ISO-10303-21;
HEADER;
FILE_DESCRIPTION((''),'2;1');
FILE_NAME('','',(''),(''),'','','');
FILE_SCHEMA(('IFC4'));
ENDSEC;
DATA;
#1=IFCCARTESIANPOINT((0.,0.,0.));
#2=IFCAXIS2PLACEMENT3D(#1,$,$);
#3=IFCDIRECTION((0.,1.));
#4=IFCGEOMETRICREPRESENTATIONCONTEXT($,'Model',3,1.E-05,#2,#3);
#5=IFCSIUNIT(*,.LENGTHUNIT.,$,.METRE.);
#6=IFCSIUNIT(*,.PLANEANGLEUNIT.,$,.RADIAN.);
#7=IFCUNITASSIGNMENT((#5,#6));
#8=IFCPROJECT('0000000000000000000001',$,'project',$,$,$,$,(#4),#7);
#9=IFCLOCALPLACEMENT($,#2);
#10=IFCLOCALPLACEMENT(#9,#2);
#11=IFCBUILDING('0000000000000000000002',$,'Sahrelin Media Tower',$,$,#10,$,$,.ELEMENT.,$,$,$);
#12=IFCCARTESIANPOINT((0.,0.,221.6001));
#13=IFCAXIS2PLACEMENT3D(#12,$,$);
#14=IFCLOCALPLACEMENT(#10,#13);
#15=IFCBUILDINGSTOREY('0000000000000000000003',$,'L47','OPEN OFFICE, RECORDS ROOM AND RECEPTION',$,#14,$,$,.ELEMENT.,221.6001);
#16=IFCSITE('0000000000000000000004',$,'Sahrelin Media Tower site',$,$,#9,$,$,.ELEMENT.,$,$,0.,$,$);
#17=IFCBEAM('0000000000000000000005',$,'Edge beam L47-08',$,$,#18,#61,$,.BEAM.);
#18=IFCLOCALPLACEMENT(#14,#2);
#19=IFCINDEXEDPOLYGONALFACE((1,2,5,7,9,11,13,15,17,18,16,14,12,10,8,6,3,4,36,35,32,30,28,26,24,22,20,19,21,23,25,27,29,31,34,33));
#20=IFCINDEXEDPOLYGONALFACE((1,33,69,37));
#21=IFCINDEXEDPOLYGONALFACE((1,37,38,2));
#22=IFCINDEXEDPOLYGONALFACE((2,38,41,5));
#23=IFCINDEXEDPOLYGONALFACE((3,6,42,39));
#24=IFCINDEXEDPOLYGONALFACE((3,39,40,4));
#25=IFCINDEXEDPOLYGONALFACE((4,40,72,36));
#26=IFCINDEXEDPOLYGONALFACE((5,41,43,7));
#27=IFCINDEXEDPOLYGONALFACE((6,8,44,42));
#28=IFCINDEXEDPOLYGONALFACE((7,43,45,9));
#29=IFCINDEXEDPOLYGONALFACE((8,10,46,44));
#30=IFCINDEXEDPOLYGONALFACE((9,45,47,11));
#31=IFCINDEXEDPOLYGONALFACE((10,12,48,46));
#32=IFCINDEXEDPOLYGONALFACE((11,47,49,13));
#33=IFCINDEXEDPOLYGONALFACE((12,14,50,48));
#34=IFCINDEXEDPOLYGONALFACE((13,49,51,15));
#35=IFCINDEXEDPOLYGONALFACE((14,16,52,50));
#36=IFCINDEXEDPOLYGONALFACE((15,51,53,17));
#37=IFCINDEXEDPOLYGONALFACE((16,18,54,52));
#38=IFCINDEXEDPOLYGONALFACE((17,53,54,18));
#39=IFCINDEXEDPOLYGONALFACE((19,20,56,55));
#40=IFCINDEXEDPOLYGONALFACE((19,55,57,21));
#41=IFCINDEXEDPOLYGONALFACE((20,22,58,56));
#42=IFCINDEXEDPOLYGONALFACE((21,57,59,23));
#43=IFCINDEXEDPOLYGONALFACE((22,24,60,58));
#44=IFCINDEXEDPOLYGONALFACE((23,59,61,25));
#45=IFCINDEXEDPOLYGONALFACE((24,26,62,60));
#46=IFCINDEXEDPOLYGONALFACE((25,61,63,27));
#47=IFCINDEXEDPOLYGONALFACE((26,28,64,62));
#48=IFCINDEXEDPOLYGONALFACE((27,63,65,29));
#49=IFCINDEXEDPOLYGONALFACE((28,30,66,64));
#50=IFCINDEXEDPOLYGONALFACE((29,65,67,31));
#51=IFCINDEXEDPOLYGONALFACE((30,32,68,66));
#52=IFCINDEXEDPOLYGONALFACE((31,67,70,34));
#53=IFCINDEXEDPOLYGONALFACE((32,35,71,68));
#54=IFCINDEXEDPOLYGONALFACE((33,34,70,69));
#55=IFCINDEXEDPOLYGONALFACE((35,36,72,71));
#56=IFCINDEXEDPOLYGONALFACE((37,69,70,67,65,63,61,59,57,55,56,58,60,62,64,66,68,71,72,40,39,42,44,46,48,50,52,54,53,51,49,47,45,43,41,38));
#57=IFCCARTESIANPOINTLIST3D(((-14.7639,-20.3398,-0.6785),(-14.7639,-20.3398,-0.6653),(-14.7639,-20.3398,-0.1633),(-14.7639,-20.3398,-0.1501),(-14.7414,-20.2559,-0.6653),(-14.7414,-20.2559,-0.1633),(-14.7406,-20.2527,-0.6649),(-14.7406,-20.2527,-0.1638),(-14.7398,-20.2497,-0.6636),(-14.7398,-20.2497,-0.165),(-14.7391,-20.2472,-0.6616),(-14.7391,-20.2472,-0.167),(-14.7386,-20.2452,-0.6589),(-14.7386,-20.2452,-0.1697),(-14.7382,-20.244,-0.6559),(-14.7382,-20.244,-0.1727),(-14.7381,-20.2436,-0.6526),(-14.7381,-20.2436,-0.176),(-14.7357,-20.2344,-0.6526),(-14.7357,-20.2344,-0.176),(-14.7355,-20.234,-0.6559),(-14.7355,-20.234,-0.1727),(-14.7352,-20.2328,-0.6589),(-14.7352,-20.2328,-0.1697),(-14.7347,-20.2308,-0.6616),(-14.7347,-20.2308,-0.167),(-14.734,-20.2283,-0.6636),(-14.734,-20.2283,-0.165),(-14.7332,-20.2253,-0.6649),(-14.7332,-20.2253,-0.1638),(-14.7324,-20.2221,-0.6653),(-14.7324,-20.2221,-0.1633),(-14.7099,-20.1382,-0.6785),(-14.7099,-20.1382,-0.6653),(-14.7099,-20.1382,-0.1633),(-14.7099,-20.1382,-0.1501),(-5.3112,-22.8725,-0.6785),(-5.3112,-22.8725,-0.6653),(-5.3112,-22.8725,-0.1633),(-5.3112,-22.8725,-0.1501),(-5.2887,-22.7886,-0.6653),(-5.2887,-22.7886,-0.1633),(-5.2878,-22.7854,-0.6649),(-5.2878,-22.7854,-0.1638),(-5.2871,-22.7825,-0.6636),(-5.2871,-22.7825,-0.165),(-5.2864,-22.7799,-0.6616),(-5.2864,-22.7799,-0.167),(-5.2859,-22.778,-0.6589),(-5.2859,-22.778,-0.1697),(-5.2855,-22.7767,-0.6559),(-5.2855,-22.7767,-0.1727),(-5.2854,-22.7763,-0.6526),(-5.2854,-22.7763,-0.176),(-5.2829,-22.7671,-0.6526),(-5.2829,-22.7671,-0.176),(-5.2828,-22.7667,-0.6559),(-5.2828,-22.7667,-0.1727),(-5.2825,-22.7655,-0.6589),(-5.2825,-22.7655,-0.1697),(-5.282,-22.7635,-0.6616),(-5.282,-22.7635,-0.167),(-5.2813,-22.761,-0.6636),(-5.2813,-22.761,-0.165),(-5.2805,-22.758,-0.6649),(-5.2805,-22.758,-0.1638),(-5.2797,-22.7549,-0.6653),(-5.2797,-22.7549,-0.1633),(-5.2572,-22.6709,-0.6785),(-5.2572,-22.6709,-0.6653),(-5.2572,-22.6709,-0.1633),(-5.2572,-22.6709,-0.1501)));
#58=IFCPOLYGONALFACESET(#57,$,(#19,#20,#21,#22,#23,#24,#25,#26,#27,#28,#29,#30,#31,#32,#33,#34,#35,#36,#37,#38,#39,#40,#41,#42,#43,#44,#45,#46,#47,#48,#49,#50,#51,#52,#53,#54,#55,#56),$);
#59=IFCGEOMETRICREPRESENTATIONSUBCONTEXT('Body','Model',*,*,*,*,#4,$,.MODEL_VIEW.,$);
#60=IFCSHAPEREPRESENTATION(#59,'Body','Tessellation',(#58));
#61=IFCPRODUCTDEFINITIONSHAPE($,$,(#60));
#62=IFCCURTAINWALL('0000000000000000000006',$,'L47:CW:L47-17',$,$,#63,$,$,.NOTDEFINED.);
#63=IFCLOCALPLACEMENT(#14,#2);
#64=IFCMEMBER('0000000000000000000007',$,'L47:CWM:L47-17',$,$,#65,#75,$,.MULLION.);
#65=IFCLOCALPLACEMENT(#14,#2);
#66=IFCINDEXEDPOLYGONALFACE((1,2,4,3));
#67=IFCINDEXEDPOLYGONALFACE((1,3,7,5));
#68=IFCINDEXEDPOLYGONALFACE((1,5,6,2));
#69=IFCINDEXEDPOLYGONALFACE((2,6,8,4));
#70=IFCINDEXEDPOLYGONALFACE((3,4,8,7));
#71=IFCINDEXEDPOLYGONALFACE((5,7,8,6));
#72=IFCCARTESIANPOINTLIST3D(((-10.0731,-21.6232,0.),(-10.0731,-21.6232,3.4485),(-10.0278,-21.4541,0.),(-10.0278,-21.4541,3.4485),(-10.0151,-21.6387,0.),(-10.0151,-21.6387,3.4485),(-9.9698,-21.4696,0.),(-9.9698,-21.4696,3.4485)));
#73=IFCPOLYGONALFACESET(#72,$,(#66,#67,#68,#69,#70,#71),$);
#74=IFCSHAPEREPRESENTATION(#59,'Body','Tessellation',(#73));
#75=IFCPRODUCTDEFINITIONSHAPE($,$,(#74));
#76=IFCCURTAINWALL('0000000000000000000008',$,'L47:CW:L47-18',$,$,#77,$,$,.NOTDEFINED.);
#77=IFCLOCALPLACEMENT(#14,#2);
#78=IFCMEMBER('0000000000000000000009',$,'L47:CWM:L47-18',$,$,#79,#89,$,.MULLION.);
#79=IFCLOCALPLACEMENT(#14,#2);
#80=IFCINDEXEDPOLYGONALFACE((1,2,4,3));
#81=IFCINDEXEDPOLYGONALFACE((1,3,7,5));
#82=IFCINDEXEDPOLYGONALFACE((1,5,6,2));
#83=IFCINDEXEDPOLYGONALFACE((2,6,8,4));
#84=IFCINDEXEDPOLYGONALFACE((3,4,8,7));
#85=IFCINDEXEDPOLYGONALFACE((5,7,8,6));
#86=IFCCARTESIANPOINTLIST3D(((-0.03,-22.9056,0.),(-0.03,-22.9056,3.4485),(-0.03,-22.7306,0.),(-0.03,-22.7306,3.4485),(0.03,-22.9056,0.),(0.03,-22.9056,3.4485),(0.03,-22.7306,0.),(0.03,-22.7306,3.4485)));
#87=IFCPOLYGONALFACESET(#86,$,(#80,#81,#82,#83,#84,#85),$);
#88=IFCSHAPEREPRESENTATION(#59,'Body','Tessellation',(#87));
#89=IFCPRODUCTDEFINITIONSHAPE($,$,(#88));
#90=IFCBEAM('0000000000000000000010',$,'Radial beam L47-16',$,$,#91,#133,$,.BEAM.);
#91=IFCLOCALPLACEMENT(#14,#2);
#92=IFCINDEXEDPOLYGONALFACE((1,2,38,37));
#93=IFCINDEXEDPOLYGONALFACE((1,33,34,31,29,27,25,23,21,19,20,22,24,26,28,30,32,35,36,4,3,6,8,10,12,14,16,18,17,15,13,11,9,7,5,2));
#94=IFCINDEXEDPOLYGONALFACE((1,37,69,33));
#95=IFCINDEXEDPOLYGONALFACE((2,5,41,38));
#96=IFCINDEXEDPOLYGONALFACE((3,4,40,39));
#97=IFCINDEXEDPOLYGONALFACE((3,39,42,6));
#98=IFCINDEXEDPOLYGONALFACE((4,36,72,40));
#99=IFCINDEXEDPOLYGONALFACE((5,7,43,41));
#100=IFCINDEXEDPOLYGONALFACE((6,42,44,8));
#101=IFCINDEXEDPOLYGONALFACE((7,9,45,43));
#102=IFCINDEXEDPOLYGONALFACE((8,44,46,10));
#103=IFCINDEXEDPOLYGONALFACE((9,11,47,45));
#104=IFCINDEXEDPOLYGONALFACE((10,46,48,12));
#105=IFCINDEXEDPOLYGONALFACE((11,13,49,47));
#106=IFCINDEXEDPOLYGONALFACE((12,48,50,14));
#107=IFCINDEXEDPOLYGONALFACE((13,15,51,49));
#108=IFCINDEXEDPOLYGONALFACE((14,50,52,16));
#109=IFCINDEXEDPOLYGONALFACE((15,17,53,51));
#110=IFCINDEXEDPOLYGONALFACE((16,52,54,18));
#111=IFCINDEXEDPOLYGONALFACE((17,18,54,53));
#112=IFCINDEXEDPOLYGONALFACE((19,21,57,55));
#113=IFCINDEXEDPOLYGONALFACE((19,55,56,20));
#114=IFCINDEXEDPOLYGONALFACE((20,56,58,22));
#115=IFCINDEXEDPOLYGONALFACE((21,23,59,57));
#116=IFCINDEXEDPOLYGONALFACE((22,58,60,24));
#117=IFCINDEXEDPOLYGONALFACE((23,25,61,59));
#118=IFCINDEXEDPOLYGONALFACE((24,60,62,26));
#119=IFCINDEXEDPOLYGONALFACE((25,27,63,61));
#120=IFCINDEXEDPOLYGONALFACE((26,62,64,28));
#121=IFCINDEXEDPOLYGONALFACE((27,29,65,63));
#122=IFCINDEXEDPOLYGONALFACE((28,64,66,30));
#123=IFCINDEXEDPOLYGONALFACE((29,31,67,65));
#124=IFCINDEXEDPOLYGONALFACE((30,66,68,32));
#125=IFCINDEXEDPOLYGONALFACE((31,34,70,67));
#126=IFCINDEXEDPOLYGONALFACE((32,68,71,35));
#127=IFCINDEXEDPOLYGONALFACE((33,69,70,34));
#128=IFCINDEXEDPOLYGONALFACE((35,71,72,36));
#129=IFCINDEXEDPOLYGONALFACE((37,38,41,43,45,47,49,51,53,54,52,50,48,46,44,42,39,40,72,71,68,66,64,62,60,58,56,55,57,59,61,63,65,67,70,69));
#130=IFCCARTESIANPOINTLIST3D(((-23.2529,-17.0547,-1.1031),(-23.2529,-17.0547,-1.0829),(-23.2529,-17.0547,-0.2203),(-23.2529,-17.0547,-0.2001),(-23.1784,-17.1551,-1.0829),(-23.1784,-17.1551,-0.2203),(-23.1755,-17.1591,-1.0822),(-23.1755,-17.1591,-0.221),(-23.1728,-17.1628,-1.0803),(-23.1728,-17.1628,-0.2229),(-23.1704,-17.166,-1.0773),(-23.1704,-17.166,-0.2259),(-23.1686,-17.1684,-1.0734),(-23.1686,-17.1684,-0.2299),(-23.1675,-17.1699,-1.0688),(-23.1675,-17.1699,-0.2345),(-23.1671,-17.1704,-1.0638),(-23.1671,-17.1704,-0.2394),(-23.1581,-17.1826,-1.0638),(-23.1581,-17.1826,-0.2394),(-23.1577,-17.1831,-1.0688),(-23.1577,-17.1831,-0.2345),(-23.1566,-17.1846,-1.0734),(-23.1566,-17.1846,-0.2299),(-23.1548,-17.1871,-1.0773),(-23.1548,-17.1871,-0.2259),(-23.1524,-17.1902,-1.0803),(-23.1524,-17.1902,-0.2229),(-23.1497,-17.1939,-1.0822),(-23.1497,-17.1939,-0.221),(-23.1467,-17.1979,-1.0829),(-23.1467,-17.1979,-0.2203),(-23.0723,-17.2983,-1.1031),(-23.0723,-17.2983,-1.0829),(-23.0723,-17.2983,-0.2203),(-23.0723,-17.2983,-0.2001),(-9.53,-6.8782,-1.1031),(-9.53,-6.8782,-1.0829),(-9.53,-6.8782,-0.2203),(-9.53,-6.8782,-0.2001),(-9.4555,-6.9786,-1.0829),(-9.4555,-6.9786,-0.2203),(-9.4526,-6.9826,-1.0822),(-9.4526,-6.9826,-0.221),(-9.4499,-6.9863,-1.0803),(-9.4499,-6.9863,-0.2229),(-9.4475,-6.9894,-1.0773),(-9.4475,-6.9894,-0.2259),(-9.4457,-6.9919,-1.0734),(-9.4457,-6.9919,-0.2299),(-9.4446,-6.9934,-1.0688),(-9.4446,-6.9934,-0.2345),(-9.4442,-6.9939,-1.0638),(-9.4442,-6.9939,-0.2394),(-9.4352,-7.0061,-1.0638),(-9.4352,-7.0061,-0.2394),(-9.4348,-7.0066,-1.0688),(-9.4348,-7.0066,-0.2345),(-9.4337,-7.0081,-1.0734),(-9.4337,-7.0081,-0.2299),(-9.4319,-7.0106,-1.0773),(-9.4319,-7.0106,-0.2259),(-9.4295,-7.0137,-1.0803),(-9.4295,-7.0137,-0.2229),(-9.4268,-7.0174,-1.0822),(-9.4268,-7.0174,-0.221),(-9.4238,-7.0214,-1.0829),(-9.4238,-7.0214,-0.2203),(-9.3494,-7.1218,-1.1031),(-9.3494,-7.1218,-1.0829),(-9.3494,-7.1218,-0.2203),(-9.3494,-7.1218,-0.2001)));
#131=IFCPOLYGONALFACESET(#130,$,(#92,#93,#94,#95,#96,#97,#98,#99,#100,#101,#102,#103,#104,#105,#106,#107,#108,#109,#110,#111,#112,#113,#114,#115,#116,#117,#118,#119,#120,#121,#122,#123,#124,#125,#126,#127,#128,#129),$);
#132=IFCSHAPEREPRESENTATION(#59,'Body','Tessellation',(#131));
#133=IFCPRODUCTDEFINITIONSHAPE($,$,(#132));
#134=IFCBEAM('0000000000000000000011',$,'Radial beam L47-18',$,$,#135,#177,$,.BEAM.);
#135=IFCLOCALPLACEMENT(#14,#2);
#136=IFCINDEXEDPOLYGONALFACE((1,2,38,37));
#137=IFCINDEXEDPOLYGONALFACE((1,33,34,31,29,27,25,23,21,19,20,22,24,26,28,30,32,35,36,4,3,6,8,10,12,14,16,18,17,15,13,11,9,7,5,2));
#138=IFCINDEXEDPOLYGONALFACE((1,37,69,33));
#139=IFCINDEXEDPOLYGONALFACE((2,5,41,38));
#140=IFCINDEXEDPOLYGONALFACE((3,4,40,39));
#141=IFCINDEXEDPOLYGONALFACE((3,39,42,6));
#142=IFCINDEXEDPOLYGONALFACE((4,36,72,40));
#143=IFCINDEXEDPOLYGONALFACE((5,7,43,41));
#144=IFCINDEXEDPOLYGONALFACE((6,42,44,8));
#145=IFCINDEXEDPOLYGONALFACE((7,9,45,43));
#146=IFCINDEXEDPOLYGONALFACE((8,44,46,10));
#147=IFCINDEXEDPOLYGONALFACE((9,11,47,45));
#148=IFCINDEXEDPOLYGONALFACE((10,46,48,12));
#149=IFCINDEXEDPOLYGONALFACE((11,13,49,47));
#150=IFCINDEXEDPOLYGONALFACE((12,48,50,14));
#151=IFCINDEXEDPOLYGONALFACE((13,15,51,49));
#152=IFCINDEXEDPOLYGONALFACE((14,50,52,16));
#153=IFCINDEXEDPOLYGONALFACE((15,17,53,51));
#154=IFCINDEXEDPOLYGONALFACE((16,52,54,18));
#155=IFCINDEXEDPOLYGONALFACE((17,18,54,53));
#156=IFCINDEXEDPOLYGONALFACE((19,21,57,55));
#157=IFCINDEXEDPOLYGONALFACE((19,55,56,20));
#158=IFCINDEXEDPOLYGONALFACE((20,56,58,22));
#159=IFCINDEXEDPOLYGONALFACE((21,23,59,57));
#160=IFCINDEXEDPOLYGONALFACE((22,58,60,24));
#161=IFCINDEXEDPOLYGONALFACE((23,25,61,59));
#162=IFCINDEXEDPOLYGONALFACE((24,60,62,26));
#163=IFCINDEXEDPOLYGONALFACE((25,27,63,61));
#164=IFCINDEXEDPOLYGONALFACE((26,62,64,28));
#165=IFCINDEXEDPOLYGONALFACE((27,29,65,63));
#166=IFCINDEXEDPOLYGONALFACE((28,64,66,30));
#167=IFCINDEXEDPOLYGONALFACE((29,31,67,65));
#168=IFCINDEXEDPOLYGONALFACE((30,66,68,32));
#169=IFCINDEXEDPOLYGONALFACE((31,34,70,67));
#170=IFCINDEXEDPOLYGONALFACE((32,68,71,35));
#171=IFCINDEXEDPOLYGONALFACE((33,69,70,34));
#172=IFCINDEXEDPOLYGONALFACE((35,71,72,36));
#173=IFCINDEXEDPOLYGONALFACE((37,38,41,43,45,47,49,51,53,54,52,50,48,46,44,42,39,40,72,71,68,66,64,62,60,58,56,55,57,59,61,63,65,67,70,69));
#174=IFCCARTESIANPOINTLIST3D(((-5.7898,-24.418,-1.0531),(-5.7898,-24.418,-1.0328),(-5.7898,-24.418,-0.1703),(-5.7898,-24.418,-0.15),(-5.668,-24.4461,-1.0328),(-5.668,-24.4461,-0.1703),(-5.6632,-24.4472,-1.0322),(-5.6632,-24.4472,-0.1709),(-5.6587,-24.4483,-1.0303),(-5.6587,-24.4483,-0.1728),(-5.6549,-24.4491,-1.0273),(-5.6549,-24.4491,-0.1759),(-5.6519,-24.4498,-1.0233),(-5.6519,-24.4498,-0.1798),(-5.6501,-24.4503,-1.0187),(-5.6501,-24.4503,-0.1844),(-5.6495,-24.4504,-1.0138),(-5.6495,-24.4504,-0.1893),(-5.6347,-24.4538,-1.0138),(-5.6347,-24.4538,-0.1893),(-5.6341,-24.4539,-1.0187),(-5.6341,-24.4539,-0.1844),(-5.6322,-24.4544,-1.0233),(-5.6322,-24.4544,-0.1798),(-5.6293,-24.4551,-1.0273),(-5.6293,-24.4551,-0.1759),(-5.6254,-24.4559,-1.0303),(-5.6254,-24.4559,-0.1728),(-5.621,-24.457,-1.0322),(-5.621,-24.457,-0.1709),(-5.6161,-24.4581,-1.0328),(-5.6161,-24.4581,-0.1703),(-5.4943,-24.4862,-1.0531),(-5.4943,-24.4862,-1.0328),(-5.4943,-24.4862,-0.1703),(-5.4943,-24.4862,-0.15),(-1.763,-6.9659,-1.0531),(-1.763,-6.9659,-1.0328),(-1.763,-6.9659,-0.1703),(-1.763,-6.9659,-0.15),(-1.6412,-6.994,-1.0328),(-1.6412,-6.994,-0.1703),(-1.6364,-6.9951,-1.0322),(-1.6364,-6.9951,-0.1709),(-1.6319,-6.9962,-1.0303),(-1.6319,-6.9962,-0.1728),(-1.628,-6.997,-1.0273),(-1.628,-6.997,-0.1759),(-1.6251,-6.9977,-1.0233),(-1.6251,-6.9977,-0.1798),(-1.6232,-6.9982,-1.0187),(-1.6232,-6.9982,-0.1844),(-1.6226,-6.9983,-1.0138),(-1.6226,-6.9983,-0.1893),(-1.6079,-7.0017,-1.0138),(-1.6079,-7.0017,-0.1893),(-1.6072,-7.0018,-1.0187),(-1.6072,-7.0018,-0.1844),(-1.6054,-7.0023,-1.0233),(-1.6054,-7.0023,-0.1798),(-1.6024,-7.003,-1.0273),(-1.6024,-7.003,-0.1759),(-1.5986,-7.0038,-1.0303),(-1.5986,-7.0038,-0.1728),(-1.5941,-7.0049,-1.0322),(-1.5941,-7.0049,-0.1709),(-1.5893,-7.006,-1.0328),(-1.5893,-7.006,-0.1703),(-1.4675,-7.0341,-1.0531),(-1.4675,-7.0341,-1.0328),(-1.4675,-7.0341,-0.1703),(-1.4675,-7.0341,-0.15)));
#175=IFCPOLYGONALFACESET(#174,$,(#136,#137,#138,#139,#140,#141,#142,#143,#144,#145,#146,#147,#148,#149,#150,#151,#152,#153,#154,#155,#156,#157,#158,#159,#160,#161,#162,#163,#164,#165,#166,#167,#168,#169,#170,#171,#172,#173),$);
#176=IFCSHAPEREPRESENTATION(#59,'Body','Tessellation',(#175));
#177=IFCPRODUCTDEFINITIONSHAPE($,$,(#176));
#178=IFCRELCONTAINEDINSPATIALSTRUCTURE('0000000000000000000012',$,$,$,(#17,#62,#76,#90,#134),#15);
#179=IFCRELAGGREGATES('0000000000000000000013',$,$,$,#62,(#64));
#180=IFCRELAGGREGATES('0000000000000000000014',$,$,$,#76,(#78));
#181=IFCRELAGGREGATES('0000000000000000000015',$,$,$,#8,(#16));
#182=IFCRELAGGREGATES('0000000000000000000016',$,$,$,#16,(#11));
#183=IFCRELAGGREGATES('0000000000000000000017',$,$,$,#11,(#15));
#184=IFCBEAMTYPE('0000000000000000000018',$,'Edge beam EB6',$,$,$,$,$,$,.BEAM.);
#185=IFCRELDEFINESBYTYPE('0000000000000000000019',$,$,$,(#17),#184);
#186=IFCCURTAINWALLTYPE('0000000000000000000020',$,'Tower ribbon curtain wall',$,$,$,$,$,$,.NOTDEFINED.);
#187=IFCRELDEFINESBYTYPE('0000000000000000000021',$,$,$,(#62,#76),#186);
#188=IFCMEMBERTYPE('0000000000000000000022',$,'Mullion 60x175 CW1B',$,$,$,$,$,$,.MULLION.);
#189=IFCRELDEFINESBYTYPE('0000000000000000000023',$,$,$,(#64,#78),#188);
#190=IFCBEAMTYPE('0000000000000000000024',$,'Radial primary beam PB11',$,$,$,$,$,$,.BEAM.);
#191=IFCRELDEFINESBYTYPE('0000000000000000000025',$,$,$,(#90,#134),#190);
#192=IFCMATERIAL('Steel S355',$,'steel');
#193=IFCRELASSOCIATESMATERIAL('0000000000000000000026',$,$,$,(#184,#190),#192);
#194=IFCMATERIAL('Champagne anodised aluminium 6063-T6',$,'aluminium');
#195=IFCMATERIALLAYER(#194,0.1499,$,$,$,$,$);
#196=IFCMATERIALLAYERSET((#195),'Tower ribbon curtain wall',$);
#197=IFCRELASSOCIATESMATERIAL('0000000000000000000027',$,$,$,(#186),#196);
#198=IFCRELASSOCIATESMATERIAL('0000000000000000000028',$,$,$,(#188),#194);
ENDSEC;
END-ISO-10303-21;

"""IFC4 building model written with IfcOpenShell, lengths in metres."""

from ifc_helpers import new_model, si_unit, direction, frame, origin, origin_2d, place, context, subcontext, project, spatial, rectangle, i_section, extrude, material, layer, layer_set, material_profile, profile_set, type_object, element, aggregate, save


model = new_model("IFC4")

# Units and contexts
model_context = context("Model", 3, precision=1e-05, world=origin(), true_north=direction((0.0, 1.0)))
body_context = subcontext(model_context, "Body", "Model", "MODEL_VIEW")
ifc_project = project(units=[si_unit("LENGTHUNIT", "METRE"), si_unit("PLANEANGLEUNIT", "RADIAN")], contexts=[model_context])

# Site, building, storey
site_placement = place(None, origin())
site = spatial("IfcSite", under=ifc_project, at=site_placement, Name="Sahrelin Media Tower site", CompositionType="ELEMENT", RefElevation=0.0)
building_placement = place(site_placement, origin())
building = spatial("IfcBuilding", under=site, at=building_placement, Name="Sahrelin Media Tower", CompositionType="ELEMENT")
storey_placement = place(building_placement, frame((0.0, 0.0, 221.6001)))
storey = spatial("IfcBuildingStorey", under=building, at=storey_placement, Name="L47", Description="OPEN OFFICE, RECORDS ROOM AND RECEPTION", CompositionType="ELEMENT", Elevation=221.6001)

# Beam
ifc_material_1 = material(Name="Steel S355", Category="steel")
ifc_material_profile_1 = material_profile(ifc_material_1, i_section(OverallWidth=0.2087, OverallDepth=0.5283, WebThickness=0.0095, FlangeThickness=0.0132, FilletRadius=0.0127, at=origin_2d()), Name="UB 533x210x82")
ifc_profile_set_1 = profile_set([ifc_material_profile_1], Name="Steel S355")
beam_type_1 = type_object("IfcBeamType", Name="Edge beam EB6", PredefinedType="BEAM", material=ifc_profile_set_1)
beam_1_placement = place(storey_placement, frame((-5.2842, -22.7717, -0.4143), z_axis=(-0.965929, 0.258808, 0.0), x_axis=(-0.258808, -0.965929, 0.0)))
element("IfcBeam", 1, at=beam_1_placement, inside=storey, type_object=beam_type_1, Name="Edge beam L47-08", PredefinedType="BEAM", context=body_context, shape_type="SweptSolid", body=[
    extrude(i_section(OverallWidth=0.2087, OverallDepth=0.5283, WebThickness=0.0095, FlangeThickness=0.0132, FilletRadius=0.0127, at=origin_2d()), origin(), (0.0, 0.0, 1.0), 9.7861),
])

# Curtain walls, members
ifc_material_2 = material(Name="Champagne anodised aluminium 6063-T6", Category="aluminium")
ifc_layer_1 = layer(ifc_material_2, 0.1499)
ifc_layer_set_1 = layer_set([ifc_layer_1], Name="Tower ribbon curtain wall")
curtain_wall_type = type_object("IfcCurtainWallType", Name="Tower ribbon curtain wall", PredefinedType="NOTDEFINED", material=ifc_layer_set_1)
curtain_wall_1_placement = place(storey_placement, frame((-10.0493, -21.6504, 0.0), z_axis=(0.0, 0.0, 1.0), x_axis=(1.0, 0.0, 0.0)))
curtain_wall_1 = element("IfcCurtainWall", 2, at=curtain_wall_1_placement, inside=storey, type_object=curtain_wall_type, Name="L47:CW:L47-17", PredefinedType="NOTDEFINED")
ifc_material_profile_2 = material_profile(ifc_material_2, rectangle(XDim=0.0601, YDim=0.175, at=origin_2d()), Name="Mullion 60x175")
ifc_profile_set_2 = profile_set([ifc_material_profile_2], Name="Champagne anodised aluminium 6063-T6")
member_type_1 = type_object("IfcMemberType", Name="Mullion 60x175 CW1B", PredefinedType="MULLION", material=ifc_profile_set_2)
member_1_placement = place(storey_placement, frame((-10.0215, -21.5464, 0.0), z_axis=(0.0, 0.0, 1.0), x_axis=(0.965924, -0.258824, 0.0)))
member_1 = element("IfcMember", 3, at=member_1_placement, type_object=member_type_1, Name="L47:CWM:L47-17", PredefinedType="MULLION", context=body_context, shape_type="SweptSolid", body=[
    extrude(rectangle(XDim=0.0601, YDim=0.175, at=origin_2d()), origin(), (0.0, 0.0, 1.0), 3.4485),
])
aggregate(curtain_wall_1, [member_1])
curtain_wall_2_placement = place(storey_placement, frame((0.0, -22.9255, 0.0), z_axis=(0.0, 0.0, 1.0), x_axis=(1.0, 0.0, 0.0)))
curtain_wall_2 = element("IfcCurtainWall", 4, at=curtain_wall_2_placement, inside=storey, type_object=curtain_wall_type, Name="L47:CW:L47-18", PredefinedType="NOTDEFINED")
member_2_placement = place(storey_placement, frame((0.0, -22.8181, 0.0), z_axis=(0.0, 0.0, 1.0), x_axis=(1.0, 0.0, 0.0)))
member_2 = element("IfcMember", 5, at=member_2_placement, type_object=member_type_1, Name="L47:CWM:L47-18", PredefinedType="MULLION", context=body_context, shape_type="SweptSolid", body=[
    extrude(rectangle(XDim=0.0601, YDim=0.175, at=origin_2d()), origin(), (0.0, 0.0, 1.0), 3.4485),
])

# Beams
ifc_material_profile_3 = material_profile(ifc_material_1, i_section(OverallWidth=0.3032, OverallDepth=0.9031, WebThickness=0.0151, FlangeThickness=0.0203, FilletRadius=0.019, at=origin_2d()), Name="UB 914x305x201")
ifc_profile_set_3 = profile_set([ifc_material_profile_3], Name="Steel S355")
beam_type_2 = type_object("IfcBeamType", Name="Radial primary beam PB11", PredefinedType="BEAM", material=ifc_profile_set_3)
beam_2_placement = place(storey_placement, frame((-9.4397, -7.0, -0.6516), z_axis=(-0.803238, -0.595658, 0.0), x_axis=(0.595658, -0.803238, 0.0)))
element("IfcBeam", 6, at=beam_2_placement, inside=storey, type_object=beam_type_2, Name="Radial beam L47-16", PredefinedType="BEAM", context=body_context, shape_type="SweptSolid", body=[
    extrude(i_section(OverallWidth=0.3032, OverallDepth=0.9031, WebThickness=0.0151, FlangeThickness=0.0203, FilletRadius=0.019, at=origin_2d()), origin(), (0.0, 0.0, 1.0), 17.0845),
])
beam_3_placement = place(storey_placement, frame((-1.6152, -7.0, -0.6016), z_axis=(-0.22483, -0.974398, 0.0), x_axis=(0.974398, -0.22483, 0.0)))
element("IfcBeam", 7, at=beam_3_placement, inside=storey, type_object=beam_type_2, Name="Radial beam L47-18", PredefinedType="BEAM", context=body_context, shape_type="SweptSolid", body=[
    extrude(i_section(OverallWidth=0.3032, OverallDepth=0.9031, WebThickness=0.0151, FlangeThickness=0.0203, FilletRadius=0.019, at=origin_2d()), origin(), (0.0, 0.0, 1.0), 17.9106),
])

aggregate(curtain_wall_2, [member_2])

save(model, "model.ifc")
